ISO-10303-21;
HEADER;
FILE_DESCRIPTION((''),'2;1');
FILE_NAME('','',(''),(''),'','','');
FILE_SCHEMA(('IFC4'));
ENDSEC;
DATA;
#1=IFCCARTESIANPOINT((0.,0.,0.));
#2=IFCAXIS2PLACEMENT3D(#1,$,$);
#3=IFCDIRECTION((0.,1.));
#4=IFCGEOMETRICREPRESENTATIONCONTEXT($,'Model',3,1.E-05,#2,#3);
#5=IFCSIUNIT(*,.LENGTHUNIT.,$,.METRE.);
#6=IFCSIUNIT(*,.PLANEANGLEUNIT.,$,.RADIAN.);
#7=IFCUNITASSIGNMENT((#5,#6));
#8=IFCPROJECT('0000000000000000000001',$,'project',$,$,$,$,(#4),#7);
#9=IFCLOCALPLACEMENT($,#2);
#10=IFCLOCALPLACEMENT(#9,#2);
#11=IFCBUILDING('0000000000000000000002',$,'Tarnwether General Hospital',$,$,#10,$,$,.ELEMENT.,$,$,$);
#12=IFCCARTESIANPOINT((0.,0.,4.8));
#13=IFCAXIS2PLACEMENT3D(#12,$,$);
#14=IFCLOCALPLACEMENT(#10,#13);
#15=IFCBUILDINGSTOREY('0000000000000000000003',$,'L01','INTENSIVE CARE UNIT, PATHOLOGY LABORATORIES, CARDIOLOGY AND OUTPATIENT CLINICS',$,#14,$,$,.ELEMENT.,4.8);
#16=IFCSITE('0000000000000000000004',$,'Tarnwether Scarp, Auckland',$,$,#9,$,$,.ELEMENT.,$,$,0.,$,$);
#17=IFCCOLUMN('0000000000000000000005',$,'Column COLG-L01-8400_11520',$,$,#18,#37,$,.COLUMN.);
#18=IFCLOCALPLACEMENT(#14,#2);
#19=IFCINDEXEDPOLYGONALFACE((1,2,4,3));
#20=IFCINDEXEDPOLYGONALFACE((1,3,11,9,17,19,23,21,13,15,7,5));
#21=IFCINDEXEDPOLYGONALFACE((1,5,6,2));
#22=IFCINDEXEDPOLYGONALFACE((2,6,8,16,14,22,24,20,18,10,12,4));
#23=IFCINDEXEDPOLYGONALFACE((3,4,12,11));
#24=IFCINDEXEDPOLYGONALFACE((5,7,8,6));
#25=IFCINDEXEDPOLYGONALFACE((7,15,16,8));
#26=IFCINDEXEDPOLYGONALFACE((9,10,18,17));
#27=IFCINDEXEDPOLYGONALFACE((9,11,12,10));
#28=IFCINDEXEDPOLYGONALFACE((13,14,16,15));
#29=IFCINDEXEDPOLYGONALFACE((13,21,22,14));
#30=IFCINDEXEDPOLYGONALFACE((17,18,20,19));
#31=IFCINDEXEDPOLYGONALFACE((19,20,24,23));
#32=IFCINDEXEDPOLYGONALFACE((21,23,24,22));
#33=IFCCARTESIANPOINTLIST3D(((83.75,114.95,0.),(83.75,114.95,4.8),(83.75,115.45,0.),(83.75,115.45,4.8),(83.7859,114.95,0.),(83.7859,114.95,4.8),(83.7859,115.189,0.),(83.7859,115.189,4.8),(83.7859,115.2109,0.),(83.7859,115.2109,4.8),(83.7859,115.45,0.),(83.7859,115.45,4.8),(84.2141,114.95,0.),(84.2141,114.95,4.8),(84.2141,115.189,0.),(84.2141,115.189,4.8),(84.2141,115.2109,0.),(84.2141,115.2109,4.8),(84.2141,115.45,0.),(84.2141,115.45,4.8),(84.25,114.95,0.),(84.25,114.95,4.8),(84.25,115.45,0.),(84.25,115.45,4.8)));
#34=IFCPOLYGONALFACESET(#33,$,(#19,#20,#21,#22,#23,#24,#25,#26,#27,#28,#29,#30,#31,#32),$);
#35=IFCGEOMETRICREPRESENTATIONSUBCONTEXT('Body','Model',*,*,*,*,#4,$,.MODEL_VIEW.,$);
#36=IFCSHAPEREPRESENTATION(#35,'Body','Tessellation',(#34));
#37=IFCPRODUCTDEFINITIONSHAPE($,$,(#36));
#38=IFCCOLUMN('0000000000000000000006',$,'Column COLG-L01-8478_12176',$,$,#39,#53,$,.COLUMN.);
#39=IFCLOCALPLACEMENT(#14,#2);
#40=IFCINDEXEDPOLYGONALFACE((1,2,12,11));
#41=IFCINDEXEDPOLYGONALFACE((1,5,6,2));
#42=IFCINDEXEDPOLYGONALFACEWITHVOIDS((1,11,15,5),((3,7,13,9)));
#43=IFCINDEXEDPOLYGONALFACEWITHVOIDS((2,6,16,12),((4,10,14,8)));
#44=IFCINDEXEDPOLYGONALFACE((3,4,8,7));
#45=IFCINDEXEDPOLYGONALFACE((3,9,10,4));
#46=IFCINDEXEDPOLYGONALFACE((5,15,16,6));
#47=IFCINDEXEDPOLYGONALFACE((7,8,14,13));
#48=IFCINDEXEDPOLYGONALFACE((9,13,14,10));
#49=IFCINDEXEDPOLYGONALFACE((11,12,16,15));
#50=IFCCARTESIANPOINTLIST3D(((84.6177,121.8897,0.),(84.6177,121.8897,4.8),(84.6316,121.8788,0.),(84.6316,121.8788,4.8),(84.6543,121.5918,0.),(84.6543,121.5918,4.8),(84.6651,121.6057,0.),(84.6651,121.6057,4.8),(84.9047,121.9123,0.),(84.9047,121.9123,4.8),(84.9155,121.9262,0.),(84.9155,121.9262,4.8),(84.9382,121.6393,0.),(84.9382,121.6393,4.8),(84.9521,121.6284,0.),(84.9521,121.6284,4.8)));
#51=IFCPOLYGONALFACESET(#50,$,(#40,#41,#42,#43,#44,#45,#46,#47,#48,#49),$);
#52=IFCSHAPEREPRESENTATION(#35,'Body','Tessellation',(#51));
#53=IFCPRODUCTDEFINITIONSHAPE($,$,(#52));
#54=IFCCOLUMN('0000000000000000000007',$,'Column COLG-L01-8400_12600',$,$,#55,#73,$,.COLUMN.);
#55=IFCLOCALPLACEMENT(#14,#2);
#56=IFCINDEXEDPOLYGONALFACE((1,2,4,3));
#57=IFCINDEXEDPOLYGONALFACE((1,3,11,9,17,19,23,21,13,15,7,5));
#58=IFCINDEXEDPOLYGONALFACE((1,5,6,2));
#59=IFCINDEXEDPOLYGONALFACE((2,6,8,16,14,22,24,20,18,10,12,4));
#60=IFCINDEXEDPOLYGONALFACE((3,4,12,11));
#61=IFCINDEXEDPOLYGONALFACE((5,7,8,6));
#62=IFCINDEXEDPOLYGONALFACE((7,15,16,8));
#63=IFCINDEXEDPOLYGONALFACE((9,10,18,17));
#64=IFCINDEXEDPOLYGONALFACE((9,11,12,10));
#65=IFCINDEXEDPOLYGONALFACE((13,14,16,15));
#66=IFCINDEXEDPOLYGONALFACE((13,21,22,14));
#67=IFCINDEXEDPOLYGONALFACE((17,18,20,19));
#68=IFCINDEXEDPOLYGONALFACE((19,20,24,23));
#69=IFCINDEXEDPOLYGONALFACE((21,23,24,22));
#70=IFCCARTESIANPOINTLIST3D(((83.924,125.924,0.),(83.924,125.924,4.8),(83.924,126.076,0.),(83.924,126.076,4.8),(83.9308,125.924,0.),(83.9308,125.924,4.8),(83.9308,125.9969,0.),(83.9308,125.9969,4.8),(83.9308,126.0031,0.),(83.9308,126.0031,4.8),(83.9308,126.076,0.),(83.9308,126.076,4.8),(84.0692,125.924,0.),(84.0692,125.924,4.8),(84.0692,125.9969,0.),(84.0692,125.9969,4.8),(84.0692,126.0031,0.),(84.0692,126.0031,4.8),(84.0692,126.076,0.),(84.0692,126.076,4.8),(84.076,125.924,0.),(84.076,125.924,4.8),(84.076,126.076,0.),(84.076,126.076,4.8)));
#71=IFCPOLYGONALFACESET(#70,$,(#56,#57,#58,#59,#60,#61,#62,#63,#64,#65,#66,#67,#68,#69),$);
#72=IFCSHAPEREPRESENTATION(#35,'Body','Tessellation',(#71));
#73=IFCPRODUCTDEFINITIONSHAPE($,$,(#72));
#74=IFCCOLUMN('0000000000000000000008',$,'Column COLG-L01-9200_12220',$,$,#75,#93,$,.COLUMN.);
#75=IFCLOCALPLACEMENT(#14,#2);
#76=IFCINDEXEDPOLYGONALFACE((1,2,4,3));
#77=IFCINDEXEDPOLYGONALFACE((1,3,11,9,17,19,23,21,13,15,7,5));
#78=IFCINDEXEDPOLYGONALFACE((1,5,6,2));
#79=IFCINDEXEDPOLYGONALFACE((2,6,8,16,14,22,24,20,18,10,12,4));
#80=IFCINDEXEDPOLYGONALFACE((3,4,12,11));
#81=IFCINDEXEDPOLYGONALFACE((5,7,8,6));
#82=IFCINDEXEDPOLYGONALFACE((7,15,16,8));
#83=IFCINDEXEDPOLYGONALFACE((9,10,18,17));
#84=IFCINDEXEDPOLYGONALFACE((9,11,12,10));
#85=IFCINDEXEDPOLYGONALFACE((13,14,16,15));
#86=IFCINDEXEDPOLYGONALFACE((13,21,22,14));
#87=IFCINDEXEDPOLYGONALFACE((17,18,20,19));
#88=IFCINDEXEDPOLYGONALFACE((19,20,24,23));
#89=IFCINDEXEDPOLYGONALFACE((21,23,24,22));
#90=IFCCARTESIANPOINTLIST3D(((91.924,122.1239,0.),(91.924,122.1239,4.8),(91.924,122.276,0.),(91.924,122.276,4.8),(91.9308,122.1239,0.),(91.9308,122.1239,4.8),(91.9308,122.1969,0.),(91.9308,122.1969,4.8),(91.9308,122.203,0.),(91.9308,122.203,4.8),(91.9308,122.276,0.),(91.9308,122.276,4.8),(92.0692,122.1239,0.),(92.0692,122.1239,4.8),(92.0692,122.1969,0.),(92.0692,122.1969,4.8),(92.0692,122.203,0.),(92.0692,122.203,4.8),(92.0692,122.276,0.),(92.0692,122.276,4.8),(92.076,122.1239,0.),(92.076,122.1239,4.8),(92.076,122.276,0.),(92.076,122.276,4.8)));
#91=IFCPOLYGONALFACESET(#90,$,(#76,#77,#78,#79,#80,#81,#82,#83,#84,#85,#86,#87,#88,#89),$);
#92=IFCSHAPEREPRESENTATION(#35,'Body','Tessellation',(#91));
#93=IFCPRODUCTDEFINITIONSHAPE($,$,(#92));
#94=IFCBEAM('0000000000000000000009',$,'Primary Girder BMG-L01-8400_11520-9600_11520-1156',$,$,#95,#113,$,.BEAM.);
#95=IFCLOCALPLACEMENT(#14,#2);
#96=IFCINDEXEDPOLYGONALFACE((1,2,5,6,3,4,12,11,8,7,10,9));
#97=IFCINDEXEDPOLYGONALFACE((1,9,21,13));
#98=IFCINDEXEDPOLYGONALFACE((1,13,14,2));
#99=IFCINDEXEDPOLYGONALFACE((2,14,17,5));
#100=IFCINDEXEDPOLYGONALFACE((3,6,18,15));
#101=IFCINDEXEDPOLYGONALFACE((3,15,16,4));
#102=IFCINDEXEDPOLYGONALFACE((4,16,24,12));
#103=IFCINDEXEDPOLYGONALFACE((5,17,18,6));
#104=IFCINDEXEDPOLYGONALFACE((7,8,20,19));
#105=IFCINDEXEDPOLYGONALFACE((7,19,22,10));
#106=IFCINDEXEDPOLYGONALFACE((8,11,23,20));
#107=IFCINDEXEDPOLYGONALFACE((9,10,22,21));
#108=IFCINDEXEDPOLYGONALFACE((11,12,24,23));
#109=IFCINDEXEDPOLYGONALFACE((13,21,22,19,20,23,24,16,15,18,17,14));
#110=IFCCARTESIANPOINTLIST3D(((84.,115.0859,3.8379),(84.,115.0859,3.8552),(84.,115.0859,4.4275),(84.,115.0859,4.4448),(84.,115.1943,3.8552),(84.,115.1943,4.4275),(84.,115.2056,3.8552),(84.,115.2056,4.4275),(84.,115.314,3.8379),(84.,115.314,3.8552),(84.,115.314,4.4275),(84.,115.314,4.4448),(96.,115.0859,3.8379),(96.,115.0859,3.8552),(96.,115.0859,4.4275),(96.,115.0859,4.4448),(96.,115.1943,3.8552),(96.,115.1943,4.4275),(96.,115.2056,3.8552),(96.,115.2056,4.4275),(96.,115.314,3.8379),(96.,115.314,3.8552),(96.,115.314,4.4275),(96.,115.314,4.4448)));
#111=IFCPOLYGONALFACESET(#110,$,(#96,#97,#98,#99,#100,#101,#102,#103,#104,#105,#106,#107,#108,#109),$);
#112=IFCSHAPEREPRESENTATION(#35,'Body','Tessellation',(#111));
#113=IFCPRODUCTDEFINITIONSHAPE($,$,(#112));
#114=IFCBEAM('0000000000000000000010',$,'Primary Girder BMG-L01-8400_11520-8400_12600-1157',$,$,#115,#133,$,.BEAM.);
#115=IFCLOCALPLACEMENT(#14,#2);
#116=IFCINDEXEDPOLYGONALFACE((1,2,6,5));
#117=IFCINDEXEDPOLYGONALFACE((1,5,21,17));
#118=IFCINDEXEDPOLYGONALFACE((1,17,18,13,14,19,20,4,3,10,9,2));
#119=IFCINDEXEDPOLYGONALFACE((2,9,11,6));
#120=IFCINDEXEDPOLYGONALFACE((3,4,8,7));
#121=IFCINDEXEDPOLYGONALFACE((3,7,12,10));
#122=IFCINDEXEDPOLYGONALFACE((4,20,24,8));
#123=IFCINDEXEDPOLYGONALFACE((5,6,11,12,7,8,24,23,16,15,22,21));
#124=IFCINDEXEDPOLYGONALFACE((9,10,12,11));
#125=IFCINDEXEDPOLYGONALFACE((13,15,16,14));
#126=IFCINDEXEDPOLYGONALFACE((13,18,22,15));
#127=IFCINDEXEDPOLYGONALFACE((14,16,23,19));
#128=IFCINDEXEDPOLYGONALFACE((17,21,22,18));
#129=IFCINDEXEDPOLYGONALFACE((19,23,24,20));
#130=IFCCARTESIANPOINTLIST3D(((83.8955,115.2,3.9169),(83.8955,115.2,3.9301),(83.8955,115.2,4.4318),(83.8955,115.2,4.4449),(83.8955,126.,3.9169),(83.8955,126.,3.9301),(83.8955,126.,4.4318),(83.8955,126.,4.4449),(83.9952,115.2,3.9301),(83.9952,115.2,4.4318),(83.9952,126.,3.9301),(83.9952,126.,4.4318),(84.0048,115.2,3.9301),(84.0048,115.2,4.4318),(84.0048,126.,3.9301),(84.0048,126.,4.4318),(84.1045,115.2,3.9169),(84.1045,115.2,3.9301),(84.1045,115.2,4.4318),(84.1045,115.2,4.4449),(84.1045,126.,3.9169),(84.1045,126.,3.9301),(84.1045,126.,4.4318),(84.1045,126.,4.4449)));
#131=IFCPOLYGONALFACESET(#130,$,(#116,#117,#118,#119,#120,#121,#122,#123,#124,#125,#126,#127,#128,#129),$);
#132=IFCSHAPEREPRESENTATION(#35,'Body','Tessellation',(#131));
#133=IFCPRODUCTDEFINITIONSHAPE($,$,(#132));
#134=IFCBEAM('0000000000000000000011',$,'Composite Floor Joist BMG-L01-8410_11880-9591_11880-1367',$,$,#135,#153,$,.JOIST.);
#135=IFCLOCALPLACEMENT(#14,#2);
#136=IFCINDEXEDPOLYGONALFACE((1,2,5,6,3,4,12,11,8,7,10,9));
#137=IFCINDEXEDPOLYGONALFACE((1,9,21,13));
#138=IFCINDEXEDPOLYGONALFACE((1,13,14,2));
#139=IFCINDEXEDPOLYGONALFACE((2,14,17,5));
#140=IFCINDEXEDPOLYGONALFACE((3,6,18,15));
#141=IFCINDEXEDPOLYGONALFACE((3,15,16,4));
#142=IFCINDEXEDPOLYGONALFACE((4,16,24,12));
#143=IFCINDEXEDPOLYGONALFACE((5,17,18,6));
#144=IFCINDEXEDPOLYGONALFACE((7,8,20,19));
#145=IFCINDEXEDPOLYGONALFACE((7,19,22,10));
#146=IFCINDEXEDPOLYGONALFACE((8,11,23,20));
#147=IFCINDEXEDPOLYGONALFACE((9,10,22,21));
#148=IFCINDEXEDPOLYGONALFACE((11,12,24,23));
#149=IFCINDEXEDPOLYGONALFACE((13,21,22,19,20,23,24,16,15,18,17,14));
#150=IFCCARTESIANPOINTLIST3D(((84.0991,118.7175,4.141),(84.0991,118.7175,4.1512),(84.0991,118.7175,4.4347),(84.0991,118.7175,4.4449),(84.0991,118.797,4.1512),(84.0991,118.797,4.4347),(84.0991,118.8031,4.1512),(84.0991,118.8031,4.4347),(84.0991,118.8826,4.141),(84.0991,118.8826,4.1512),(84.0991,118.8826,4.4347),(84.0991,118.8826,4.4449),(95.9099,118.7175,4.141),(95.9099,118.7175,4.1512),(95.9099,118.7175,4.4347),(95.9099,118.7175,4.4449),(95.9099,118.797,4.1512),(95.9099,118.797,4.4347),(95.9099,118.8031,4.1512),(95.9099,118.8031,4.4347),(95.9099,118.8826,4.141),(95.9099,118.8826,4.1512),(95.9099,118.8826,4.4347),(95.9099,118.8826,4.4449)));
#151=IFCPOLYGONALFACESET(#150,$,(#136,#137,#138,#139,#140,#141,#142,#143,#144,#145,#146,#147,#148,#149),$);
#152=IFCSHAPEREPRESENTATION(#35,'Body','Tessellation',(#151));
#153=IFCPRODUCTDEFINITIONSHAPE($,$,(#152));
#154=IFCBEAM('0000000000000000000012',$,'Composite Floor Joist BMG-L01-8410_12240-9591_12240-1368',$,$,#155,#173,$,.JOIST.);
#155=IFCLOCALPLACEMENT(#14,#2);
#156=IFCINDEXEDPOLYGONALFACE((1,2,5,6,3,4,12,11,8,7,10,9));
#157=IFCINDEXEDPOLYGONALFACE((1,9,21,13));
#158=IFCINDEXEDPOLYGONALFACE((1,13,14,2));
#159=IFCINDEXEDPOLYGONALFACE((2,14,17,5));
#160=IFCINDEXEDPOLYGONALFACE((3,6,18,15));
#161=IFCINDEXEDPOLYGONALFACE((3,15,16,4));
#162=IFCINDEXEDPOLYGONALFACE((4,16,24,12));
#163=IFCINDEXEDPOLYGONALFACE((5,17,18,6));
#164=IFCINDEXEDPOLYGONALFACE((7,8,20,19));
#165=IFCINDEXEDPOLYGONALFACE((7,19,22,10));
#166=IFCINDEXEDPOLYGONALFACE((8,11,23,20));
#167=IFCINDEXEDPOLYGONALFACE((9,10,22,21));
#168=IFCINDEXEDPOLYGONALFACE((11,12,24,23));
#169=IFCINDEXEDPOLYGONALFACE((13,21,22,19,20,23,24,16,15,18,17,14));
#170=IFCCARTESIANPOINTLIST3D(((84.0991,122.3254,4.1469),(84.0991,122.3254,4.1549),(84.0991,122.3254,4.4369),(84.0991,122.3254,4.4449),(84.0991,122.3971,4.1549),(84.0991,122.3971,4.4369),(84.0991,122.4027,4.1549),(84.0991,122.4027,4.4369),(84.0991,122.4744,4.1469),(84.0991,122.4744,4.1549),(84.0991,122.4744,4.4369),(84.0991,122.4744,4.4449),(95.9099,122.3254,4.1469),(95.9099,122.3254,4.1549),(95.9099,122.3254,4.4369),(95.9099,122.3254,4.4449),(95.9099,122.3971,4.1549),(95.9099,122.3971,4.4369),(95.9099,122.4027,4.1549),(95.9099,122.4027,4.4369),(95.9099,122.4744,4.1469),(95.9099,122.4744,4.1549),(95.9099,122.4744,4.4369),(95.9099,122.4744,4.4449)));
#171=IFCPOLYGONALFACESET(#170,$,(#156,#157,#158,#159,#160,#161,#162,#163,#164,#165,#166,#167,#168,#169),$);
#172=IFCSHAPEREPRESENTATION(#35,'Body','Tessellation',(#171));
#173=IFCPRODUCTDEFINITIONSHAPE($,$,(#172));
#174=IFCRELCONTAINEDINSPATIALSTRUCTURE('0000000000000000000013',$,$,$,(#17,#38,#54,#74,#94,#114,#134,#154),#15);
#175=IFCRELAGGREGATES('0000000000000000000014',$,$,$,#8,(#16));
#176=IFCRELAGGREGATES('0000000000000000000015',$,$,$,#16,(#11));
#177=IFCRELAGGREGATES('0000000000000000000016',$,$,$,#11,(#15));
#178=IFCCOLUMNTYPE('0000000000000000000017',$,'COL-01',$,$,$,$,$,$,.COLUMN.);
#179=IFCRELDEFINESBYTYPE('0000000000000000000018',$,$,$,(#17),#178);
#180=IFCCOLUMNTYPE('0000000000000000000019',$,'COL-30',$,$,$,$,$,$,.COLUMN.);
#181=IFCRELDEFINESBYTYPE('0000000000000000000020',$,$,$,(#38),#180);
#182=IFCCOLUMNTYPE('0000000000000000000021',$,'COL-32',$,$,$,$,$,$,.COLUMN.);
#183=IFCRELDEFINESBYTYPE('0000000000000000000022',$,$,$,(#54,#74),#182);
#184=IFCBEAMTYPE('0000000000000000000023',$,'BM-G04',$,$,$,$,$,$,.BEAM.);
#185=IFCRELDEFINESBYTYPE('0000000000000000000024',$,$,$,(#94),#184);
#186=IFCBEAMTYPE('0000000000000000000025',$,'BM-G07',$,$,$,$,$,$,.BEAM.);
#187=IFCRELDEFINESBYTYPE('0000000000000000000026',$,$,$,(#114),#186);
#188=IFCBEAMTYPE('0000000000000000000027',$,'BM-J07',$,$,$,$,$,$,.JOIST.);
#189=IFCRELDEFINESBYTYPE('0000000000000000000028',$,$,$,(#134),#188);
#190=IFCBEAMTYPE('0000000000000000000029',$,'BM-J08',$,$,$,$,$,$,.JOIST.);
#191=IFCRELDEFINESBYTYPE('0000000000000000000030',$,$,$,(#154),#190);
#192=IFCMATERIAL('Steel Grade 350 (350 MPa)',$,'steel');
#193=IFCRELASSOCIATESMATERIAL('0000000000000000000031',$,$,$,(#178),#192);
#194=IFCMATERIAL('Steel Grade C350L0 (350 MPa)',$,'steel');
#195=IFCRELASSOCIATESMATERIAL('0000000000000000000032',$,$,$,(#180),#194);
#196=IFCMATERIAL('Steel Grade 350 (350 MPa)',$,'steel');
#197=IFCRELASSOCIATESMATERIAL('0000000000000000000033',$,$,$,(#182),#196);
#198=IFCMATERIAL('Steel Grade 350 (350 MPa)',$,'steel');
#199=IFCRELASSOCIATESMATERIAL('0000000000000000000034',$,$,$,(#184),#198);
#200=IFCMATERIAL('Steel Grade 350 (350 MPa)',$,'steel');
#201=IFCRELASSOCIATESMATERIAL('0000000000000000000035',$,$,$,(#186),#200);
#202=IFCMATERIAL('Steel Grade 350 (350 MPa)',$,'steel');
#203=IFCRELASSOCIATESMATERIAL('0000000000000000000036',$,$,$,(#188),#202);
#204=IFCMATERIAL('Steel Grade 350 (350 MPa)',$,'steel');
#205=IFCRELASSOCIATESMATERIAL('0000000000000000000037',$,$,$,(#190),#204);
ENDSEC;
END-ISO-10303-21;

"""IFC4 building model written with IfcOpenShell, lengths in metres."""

from ifc_helpers import new_model, si_unit, direction, frame, origin, origin_2d, place, context, subcontext, project, spatial, hollow_rectangle, i_section, extrude, material, material_profile, profile_set, type_object, element, save


model = new_model("IFC4")

# Units and contexts
model_context = context("Model", 3, precision=1e-05, world=origin(), true_north=direction((0.0, 1.0)))
body_context = subcontext(model_context, "Body", "Model", "MODEL_VIEW")
ifc_project = project(units=[si_unit("LENGTHUNIT", "METRE"), si_unit("PLANEANGLEUNIT", "RADIAN")], contexts=[model_context])

# Site, building, storey
site_placement = place(None, origin())
site = spatial("IfcSite", under=ifc_project, at=site_placement, Name="Tarnwether Scarp, Auckland", CompositionType="ELEMENT", RefElevation=0.0)
building_placement = place(site_placement, origin())
building = spatial("IfcBuilding", under=site, at=building_placement, Name="Tarnwether General Hospital", CompositionType="ELEMENT")
storey_placement = place(building_placement, frame((0.0, 0.0, 4.8)))
storey = spatial("IfcBuildingStorey", under=building, at=storey_placement, Name="L01", Description="INTENSIVE CARE UNIT, PATHOLOGY LABORATORIES, CARDIOLOGY AND OUTPATIENT CLINICS", CompositionType="ELEMENT", Elevation=4.8)

# Columns
ifc_material_1 = material(Name="Steel Grade 350 (350 MPa)", Category="steel")
ifc_material_profile_1 = material_profile(ifc_material_1, i_section(OverallWidth=0.5, OverallDepth=0.5, WebThickness=0.022, FlangeThickness=0.0359, at=origin_2d()), Name="500WC380")
ifc_profile_set_1 = profile_set([ifc_material_profile_1], Name="Steel Grade 350 (350 MPa)")
column_type_1 = type_object("IfcColumnType", Name="COL-01", PredefinedType="COLUMN", material=ifc_profile_set_1)
column_1_placement = place(storey_placement, frame((84.0, 115.2, 0.0), z_axis=(0.0, 0.0, 1.0), x_axis=(0.0, 1.0, 0.0)))
element("IfcColumn", 1, at=column_1_placement, inside=storey, type_object=column_type_1, Name="Column COLG-L01-8400_11520", PredefinedType="COLUMN", context=body_context, shape_type="SweptSolid", body=[
    extrude(i_section(OverallWidth=0.5, OverallDepth=0.5, WebThickness=0.022, FlangeThickness=0.0359, at=origin_2d()), origin(), (0.0, 0.0, 1.0), 4.8),
])
ifc_material_2 = material(Name="Steel Grade C350L0 (350 MPa)", Category="steel")
ifc_material_profile_2 = material_profile(ifc_material_2, hollow_rectangle(XDim=0.3, YDim=0.3, WallThickness=0.0125, at=origin_2d()), Name="SHS300x300x12.5")
ifc_profile_set_2 = profile_set([ifc_material_profile_2], Name="Steel Grade C350L0 (350 MPa)")
column_type_2 = type_object("IfcColumnType", Name="COL-30", PredefinedType="COLUMN", material=ifc_profile_set_2)
column_2_placement = place(storey_placement, frame((84.7849, 121.759, 0.0), z_axis=(0.0, 0.0, 1.0), x_axis=(-0.121869, 0.992546, 0.0)))
element("IfcColumn", 2, at=column_2_placement, inside=storey, type_object=column_type_2, Name="Column COLG-L01-8478_12176", PredefinedType="COLUMN", context=body_context, shape_type="SweptSolid", body=[
    extrude(hollow_rectangle(XDim=0.3, YDim=0.3, WallThickness=0.0125, at=origin_2d()), origin(), (0.0, 0.0, 1.0), 4.8),
])
ifc_material_3 = material(Name="Steel Grade 350 (350 MPa)", Category="steel")
ifc_material_profile_3 = material_profile(ifc_material_3, i_section(OverallWidth=0.1521, OverallDepth=0.1521, WebThickness=0.0061, FlangeThickness=0.0068, at=origin_2d()), Name="150UC23.4")
ifc_profile_set_3 = profile_set([ifc_material_profile_3], Name="Steel Grade 350 (350 MPa)")
column_type_3 = type_object("IfcColumnType", Name="COL-32", PredefinedType="COLUMN", material=ifc_profile_set_3)
for number, where, z_axis, x_axis, name in (
    (3, (84.0, 126.0, 0.0), (0.0, 0.0, 1.0), (0.0, 1.0, 0.0), "Column COLG-L01-8400_12600"),
    (4, (92.0, 122.2, 0.0), (0.0, 0.0, 1.0), (0.0, 1.0, 0.0), "Column COLG-L01-9200_12220"),
):
    element("IfcColumn", number, at=place(storey_placement, frame(where, z_axis=z_axis, x_axis=x_axis)), inside=storey, type_object=column_type_3, Name=name, PredefinedType="COLUMN", context=body_context, shape_type="SweptSolid", body=[
        extrude(i_section(OverallWidth=0.1521, OverallDepth=0.1521, WebThickness=0.0061, FlangeThickness=0.0068, at=origin_2d()), origin(), (0.0, 0.0, 1.0), 4.8),
    ])

# Beams
ifc_material_4 = material(Name="Steel Grade 350 (350 MPa)", Category="steel")
ifc_material_profile_4 = material_profile(ifc_material_4, i_section(OverallWidth=0.228, OverallDepth=0.6069, WebThickness=0.0112, FlangeThickness=0.0173, at=origin_2d()), Name="610UB113")
ifc_profile_set_4 = profile_set([ifc_material_profile_4], Name="Steel Grade 350 (350 MPa)")
beam_type_1 = type_object("IfcBeamType", Name="BM-G04", PredefinedType="BEAM", material=ifc_profile_set_4)
beam_1_placement = place(storey_placement, frame((84.0, 115.2, 4.1414), z_axis=(1.0, 0.0, 0.0), x_axis=(0.0, 1.0, 0.0)))
element("IfcBeam", 5, at=beam_1_placement, inside=storey, type_object=beam_type_1, Name="Primary Girder BMG-L01-8400_11520-9600_11520-1156", PredefinedType="BEAM", context=body_context, shape_type="SweptSolid", body=[
    extrude(i_section(OverallWidth=0.228, OverallDepth=0.6069, WebThickness=0.0112, FlangeThickness=0.0173, at=origin_2d()), origin(), (0.0, 0.0, 1.0), 12.0),
])
ifc_material_5 = material(Name="Steel Grade 350 (350 MPa)", Category="steel")
ifc_material_profile_5 = material_profile(ifc_material_5, i_section(OverallWidth=0.209, OverallDepth=0.5281, WebThickness=0.0095, FlangeThickness=0.0132, at=origin_2d()), Name="530UB82.0")
ifc_profile_set_5 = profile_set([ifc_material_profile_5], Name="Steel Grade 350 (350 MPa)")
beam_type_2 = type_object("IfcBeamType", Name="BM-G07", PredefinedType="BEAM", material=ifc_profile_set_5)
beam_2_placement = place(storey_placement, frame((84.0, 115.2, 4.1809), z_axis=(0.0, 1.0, 0.0), x_axis=(-1.0, 0.0, 0.0)))
element("IfcBeam", 6, at=beam_2_placement, inside=storey, type_object=beam_type_2, Name="Primary Girder BMG-L01-8400_11520-8400_12600-1157", PredefinedType="BEAM", context=body_context, shape_type="SweptSolid", body=[
    extrude(i_section(OverallWidth=0.209, OverallDepth=0.5281, WebThickness=0.0095, FlangeThickness=0.0132, at=origin_2d()), origin(), (0.0, 0.0, 1.0), 10.8),
])
ifc_material_6 = material(Name="Steel Grade 350 (350 MPa)", Category="steel")
ifc_material_profile_6 = material_profile(ifc_material_6, i_section(OverallWidth=0.165, OverallDepth=0.304, WebThickness=0.0061, FlangeThickness=0.0103, at=origin_2d()), Name="310UB40.4")
ifc_profile_set_6 = profile_set([ifc_material_profile_6], Name="Steel Grade 350 (350 MPa)")
beam_type_3 = type_object("IfcBeamType", Name="BM-J07", PredefinedType="JOIST", material=ifc_profile_set_6)
beam_3_placement = place(storey_placement, frame((84.0991, 118.8, 4.293), z_axis=(1.0, 0.0, 0.0), x_axis=(0.0, 1.0, 0.0)))
element("IfcBeam", 7, at=beam_3_placement, inside=storey, type_object=beam_type_3, Name="Composite Floor Joist BMG-L01-8410_11880-9591_11880-1367", PredefinedType="JOIST", context=body_context, shape_type="SweptSolid", body=[
    extrude(i_section(OverallWidth=0.165, OverallDepth=0.304, WebThickness=0.0061, FlangeThickness=0.0103, at=origin_2d()), origin(), (0.0, 0.0, 1.0), 11.8108),
])
ifc_material_7 = material(Name="Steel Grade 350 (350 MPa)", Category="steel")
ifc_material_profile_7 = material_profile(ifc_material_7, i_section(OverallWidth=0.1489, OverallDepth=0.2981, WebThickness=0.0056, FlangeThickness=0.0081, at=origin_2d()), Name="310UB32.0")
ifc_profile_set_7 = profile_set([ifc_material_profile_7], Name="Steel Grade 350 (350 MPa)")
beam_type_4 = type_object("IfcBeamType", Name="BM-J08", PredefinedType="JOIST", material=ifc_profile_set_7)
beam_4_placement = place(storey_placement, frame((84.0991, 122.3999, 4.2959), z_axis=(1.0, 0.0, 0.0), x_axis=(0.0, 1.0, 0.0)))
element("IfcBeam", 8, at=beam_4_placement, inside=storey, type_object=beam_type_4, Name="Composite Floor Joist BMG-L01-8410_12240-9591_12240-1368", PredefinedType="JOIST", context=body_context, shape_type="SweptSolid", body=[
    extrude(i_section(OverallWidth=0.1489, OverallDepth=0.2981, WebThickness=0.0056, FlangeThickness=0.0081, at=origin_2d()), origin(), (0.0, 0.0, 1.0), 11.8108),
])

save(model, "model.ifc")
